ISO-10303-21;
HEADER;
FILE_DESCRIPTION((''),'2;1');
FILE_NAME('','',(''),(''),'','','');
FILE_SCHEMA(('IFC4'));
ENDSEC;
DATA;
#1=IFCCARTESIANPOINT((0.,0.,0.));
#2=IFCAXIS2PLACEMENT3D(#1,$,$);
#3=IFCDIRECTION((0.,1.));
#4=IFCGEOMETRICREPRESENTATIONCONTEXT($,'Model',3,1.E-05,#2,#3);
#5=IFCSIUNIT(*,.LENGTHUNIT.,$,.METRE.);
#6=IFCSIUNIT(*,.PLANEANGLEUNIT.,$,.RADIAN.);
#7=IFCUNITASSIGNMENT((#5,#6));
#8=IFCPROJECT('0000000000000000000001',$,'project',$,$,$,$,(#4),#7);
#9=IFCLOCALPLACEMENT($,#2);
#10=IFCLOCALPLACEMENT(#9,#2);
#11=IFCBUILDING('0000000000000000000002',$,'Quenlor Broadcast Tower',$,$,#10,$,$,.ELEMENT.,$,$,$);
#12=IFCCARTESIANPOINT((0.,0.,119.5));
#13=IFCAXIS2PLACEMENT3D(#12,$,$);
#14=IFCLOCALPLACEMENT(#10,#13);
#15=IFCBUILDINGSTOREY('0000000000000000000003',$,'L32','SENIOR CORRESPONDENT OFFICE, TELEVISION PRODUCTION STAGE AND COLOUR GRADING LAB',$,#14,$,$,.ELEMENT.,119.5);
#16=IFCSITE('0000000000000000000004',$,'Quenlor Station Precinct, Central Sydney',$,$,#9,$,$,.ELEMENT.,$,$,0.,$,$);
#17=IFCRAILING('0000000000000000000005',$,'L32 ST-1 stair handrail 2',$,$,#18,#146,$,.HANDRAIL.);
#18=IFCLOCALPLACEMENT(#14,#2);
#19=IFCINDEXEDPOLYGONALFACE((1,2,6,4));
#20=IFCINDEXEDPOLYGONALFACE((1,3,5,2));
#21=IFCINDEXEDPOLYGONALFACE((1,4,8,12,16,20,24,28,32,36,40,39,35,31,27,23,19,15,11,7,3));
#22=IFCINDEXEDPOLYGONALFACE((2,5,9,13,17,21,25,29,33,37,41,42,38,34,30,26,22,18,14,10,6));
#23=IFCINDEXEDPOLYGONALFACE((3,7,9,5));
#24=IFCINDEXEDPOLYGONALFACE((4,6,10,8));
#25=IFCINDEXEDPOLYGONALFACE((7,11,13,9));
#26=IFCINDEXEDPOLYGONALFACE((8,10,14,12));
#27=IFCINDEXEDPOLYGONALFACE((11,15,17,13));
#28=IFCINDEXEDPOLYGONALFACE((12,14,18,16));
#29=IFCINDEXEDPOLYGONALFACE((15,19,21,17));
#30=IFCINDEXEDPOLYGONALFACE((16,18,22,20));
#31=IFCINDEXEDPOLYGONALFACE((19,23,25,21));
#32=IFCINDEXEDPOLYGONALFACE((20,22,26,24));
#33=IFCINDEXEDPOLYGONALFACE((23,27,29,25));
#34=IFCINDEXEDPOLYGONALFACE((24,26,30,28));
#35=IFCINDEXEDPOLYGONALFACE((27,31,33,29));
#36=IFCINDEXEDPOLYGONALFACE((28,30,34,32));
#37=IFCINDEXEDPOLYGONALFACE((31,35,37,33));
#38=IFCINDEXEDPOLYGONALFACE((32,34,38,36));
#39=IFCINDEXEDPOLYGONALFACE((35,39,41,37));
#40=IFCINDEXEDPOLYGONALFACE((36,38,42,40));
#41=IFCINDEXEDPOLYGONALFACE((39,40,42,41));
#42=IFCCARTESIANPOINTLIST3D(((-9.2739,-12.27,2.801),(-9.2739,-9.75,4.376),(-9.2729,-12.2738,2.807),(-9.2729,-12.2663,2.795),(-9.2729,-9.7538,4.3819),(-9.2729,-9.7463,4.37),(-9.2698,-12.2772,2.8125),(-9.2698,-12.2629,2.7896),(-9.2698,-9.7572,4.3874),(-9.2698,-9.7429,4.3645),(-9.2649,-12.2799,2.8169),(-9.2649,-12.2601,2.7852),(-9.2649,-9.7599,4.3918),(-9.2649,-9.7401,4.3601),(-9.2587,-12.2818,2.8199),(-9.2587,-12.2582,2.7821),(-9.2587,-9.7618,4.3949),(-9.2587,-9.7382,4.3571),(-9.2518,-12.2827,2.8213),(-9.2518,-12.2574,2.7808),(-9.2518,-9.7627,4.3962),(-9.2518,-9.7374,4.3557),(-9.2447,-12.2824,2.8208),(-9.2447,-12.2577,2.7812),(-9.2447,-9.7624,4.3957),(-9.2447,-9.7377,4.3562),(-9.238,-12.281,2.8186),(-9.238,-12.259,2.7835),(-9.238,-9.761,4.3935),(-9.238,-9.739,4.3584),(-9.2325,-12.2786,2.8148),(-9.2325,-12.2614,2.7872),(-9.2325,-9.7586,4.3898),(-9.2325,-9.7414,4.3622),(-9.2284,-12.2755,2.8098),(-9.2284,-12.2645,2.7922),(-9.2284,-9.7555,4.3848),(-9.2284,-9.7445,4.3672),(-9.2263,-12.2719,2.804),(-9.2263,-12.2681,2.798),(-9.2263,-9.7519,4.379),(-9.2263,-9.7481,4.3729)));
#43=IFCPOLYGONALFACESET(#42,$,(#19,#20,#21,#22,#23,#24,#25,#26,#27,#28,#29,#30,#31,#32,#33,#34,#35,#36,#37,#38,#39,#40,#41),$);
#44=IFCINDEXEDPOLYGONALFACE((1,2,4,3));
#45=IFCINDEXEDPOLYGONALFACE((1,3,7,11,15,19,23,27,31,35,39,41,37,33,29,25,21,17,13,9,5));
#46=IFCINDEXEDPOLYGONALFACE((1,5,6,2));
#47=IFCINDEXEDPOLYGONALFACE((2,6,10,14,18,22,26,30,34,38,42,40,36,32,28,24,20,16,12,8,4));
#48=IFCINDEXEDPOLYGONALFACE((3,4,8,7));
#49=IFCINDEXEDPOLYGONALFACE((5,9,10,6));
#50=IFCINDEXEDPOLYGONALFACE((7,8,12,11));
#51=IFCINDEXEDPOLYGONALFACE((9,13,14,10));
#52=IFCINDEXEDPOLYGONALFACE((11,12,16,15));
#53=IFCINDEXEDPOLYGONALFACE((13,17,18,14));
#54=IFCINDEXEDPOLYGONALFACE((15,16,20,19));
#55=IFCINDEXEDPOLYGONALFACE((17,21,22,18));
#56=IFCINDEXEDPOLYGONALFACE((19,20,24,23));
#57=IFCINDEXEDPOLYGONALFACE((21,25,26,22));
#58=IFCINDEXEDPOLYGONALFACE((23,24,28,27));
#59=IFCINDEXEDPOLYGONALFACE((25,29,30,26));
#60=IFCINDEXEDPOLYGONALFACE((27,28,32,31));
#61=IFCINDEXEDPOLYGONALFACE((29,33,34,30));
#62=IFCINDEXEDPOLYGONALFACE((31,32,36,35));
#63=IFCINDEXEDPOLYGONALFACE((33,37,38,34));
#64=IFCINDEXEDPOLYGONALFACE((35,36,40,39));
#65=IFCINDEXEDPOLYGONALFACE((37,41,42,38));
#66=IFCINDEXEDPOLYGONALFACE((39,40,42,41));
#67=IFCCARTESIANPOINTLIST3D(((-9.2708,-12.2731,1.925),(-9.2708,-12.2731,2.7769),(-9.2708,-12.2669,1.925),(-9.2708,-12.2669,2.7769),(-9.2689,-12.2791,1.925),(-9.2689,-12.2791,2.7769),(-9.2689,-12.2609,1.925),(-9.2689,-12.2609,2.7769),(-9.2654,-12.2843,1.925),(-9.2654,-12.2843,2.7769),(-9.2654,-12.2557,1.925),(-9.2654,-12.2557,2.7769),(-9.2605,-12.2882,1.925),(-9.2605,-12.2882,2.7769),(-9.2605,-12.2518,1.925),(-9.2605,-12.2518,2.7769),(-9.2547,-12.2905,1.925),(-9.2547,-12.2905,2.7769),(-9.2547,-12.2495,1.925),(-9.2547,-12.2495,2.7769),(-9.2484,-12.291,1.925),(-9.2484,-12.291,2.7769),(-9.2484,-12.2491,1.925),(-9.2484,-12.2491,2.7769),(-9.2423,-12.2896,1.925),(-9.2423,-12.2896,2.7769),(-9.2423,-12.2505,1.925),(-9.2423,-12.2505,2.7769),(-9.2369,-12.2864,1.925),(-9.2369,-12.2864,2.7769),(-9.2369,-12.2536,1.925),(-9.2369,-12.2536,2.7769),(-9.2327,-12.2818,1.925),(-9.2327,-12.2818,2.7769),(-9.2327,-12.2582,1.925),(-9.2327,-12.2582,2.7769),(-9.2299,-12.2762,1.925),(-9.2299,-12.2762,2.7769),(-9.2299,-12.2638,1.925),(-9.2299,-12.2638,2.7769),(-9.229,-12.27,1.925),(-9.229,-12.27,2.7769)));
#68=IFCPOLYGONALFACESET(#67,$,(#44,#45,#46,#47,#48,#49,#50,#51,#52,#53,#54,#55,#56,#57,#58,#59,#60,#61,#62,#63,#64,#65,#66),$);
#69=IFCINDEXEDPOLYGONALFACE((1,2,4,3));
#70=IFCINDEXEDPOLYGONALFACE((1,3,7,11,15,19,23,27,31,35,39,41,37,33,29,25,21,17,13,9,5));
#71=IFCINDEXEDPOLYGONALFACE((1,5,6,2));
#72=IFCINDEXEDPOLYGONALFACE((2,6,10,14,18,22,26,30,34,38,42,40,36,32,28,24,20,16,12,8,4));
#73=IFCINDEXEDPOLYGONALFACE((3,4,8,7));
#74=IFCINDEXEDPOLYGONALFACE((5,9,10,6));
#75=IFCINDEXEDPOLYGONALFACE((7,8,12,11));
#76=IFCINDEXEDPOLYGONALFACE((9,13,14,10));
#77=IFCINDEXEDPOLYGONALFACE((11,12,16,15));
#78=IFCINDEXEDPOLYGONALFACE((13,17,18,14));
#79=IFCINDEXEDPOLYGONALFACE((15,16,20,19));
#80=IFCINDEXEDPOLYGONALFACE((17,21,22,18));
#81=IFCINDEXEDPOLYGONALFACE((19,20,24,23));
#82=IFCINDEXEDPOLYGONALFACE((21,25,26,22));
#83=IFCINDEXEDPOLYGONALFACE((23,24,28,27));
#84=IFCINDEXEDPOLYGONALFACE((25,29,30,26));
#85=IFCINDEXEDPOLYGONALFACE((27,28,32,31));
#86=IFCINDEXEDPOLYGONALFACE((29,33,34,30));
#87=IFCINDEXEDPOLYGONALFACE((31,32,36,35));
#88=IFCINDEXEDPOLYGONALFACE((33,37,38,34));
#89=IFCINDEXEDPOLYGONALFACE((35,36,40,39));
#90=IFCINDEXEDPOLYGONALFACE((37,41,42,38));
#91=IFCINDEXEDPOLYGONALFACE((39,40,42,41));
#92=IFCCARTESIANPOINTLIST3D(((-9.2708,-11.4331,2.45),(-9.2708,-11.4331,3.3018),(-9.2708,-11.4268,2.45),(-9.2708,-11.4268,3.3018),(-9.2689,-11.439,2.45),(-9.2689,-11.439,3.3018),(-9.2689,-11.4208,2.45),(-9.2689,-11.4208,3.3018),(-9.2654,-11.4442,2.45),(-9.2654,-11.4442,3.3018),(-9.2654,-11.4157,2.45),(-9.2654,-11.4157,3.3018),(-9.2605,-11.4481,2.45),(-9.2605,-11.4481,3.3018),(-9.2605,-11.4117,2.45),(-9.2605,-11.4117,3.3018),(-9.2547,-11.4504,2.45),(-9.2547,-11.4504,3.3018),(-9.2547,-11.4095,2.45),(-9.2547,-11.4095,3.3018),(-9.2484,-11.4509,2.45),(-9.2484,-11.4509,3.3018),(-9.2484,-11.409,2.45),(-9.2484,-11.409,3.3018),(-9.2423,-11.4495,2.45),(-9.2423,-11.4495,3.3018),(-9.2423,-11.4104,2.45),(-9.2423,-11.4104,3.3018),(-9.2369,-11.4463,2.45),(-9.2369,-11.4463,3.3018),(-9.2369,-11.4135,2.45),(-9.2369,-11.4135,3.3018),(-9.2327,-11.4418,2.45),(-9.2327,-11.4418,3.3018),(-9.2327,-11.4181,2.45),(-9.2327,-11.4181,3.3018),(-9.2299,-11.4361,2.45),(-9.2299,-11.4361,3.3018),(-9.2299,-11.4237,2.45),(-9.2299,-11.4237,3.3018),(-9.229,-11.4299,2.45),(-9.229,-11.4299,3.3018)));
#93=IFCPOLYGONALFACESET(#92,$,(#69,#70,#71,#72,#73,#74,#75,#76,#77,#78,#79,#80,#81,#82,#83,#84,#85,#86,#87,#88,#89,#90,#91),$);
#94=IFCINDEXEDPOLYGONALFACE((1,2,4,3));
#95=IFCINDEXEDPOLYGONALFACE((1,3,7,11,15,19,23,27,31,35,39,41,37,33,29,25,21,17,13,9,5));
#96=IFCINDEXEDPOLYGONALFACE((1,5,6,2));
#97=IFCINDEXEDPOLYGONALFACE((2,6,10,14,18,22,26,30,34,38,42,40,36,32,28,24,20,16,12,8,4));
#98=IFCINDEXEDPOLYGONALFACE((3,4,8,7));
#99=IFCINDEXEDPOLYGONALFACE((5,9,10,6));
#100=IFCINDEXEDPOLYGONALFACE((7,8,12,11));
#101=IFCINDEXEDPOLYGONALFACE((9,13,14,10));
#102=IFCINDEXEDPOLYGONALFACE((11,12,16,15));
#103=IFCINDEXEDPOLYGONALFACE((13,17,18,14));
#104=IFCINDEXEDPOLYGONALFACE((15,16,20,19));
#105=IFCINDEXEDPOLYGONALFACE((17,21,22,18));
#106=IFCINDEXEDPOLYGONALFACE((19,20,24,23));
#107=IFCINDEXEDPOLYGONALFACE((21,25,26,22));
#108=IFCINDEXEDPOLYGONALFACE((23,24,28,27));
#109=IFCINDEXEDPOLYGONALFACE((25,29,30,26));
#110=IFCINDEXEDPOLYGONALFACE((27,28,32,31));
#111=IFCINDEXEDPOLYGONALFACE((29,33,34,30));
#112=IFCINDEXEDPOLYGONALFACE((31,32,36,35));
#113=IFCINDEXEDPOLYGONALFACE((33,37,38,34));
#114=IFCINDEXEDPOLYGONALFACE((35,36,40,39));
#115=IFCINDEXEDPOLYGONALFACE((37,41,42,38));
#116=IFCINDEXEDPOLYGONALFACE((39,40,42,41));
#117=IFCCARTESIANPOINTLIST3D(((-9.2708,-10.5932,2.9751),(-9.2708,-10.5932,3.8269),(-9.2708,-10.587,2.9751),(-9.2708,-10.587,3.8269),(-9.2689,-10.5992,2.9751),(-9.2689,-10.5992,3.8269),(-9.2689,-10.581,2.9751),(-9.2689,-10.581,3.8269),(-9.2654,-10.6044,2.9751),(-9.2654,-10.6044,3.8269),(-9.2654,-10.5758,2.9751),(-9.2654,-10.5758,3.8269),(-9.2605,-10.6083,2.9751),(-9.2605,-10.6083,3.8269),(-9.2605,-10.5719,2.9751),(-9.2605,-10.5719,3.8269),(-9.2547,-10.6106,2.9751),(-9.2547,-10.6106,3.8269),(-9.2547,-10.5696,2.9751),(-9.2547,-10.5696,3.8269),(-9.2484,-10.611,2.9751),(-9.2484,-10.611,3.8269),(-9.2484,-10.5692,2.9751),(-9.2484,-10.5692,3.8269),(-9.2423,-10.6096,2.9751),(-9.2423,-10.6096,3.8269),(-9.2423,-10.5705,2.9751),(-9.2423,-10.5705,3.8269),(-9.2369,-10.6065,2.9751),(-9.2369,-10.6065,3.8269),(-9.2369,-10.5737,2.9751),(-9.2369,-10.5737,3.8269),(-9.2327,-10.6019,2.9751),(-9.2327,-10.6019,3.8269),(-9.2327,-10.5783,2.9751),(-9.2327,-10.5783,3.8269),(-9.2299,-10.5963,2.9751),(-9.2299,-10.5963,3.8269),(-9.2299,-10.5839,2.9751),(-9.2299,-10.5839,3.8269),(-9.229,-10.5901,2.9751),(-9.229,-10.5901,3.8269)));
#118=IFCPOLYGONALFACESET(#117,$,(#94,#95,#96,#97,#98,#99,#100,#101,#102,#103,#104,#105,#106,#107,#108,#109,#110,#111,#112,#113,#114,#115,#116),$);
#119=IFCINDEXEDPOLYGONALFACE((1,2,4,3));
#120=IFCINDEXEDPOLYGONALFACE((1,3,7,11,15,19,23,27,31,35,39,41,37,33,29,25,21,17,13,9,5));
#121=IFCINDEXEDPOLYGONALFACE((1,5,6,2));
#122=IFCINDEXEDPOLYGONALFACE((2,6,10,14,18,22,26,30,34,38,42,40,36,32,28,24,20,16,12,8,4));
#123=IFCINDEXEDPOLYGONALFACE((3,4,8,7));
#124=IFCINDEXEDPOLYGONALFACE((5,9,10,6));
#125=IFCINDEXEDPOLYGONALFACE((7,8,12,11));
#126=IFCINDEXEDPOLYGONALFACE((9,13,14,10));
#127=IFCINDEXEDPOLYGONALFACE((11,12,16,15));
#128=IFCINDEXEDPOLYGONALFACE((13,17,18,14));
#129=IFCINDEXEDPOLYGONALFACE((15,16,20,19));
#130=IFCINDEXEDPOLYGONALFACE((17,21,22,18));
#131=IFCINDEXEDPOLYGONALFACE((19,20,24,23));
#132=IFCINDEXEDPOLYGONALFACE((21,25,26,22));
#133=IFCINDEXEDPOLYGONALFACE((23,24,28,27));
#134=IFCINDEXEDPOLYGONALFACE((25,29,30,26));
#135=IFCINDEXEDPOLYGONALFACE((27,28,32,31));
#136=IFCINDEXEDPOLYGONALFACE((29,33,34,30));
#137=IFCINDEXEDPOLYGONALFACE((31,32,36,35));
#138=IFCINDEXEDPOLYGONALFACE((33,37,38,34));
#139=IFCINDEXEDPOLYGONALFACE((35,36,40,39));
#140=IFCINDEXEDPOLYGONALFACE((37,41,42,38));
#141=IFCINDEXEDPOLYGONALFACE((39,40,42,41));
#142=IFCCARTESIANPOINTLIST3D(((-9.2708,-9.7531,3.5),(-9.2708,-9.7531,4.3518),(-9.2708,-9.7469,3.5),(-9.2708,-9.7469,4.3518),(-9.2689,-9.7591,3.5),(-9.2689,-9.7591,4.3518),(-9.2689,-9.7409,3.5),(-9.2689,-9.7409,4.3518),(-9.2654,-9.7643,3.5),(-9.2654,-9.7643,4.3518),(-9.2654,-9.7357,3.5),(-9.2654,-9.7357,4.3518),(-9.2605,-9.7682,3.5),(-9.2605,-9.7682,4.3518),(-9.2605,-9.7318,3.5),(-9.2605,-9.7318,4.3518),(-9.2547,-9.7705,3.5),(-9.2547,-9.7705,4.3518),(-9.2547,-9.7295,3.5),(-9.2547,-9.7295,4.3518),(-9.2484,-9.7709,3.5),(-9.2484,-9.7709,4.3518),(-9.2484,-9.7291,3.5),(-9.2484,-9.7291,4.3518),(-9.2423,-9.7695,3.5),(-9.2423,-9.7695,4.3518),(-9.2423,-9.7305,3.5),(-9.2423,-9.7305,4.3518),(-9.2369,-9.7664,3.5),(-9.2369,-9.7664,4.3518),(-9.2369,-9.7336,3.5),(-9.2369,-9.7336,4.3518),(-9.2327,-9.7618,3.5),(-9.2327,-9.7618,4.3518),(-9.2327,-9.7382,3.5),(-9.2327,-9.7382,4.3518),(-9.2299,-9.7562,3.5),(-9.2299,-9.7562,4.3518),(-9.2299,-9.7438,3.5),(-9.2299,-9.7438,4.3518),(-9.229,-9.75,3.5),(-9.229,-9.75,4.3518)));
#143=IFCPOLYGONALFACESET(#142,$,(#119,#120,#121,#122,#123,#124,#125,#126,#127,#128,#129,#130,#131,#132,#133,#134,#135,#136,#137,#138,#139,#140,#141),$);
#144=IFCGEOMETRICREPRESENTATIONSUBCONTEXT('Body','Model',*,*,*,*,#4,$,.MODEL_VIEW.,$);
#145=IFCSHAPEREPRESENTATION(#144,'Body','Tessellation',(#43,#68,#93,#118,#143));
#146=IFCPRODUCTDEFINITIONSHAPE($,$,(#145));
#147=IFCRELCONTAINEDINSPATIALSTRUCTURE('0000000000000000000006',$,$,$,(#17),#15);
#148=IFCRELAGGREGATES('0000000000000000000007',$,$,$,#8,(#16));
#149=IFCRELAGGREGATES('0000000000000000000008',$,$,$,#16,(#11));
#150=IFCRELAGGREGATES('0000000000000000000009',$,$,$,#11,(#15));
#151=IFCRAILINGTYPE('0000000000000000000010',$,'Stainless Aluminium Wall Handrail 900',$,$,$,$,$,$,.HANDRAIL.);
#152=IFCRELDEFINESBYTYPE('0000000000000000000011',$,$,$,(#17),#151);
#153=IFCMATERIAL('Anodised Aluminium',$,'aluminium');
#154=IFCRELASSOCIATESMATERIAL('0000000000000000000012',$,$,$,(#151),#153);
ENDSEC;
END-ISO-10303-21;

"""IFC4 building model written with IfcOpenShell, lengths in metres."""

from ifc_helpers import new_model, si_unit, direction, frame, origin, origin_2d, place, context, subcontext, project, spatial, circle, extrude, material, type_object, element, save


model = new_model("IFC4")

# Units and contexts
model_context = context("Model", 3, precision=1e-05, world=origin(), true_north=direction((0.0, 1.0)))
body_context = subcontext(model_context, "Body", "Model", "MODEL_VIEW")
ifc_project = project(units=[si_unit("LENGTHUNIT", "METRE"), si_unit("PLANEANGLEUNIT", "RADIAN")], contexts=[model_context])

# Site, building, storey
site_placement = place(None, origin())
site = spatial("IfcSite", under=ifc_project, at=site_placement, Name="Quenlor Station Precinct, Central Sydney", CompositionType="ELEMENT", RefElevation=0.0)
building_placement = place(site_placement, origin())
building = spatial("IfcBuilding", under=site, at=building_placement, Name="Quenlor Broadcast Tower", CompositionType="ELEMENT")
storey_placement = place(building_placement, frame((0.0, 0.0, 119.5)))
storey = spatial("IfcBuildingStorey", under=building, at=storey_placement, Name="L32", Description="SENIOR CORRESPONDENT OFFICE, TELEVISION PRODUCTION STAGE AND COLOUR GRADING LAB", CompositionType="ELEMENT", Elevation=119.5)

# Railing
ifc_material_1 = material(Name="Anodised Aluminium", Category="aluminium")
railing_type_1 = type_object("IfcRailingType", Name="Stainless Aluminium Wall Handrail 900", PredefinedType="HANDRAIL", material=ifc_material_1)
railing_1_placement = place(storey_placement, frame((-9.25, -12.27, 1.925)))
element("IfcRailing", 1, at=railing_1_placement, inside=storey, type_object=railing_type_1, Name="L32 ST-1 stair handrail 2", PredefinedType="HANDRAIL", context=body_context, shape_type="SweptSolid", body=[
    extrude(circle(Radius=0.0239, at=origin_2d()), frame((0.0, 0.0, 0.876), z_axis=(0.0, 0.848008, 0.529984), x_axis=(-1.0, 0.0, 0.0)), (0.0, 0.0, 1.0), 2.9717),
    extrude(circle(Radius=0.021, at=origin_2d()), origin(), (0.0, 0.0, 1.0), 0.8518),
    extrude(circle(Radius=0.021, at=origin_2d()), frame((0.0, 0.8401, 0.5249)), (0.0, 0.0, 1.0), 0.8518),
    extrude(circle(Radius=0.021, at=origin_2d()), frame((0.0, 1.6799, 1.05)), (0.0, 0.0, 1.0), 0.8518),
    extrude(circle(Radius=0.021, at=origin_2d()), frame((0.0, 2.52, 1.575)), (0.0, 0.0, 1.0), 0.8518),
])

save(model, "model.ifc")
